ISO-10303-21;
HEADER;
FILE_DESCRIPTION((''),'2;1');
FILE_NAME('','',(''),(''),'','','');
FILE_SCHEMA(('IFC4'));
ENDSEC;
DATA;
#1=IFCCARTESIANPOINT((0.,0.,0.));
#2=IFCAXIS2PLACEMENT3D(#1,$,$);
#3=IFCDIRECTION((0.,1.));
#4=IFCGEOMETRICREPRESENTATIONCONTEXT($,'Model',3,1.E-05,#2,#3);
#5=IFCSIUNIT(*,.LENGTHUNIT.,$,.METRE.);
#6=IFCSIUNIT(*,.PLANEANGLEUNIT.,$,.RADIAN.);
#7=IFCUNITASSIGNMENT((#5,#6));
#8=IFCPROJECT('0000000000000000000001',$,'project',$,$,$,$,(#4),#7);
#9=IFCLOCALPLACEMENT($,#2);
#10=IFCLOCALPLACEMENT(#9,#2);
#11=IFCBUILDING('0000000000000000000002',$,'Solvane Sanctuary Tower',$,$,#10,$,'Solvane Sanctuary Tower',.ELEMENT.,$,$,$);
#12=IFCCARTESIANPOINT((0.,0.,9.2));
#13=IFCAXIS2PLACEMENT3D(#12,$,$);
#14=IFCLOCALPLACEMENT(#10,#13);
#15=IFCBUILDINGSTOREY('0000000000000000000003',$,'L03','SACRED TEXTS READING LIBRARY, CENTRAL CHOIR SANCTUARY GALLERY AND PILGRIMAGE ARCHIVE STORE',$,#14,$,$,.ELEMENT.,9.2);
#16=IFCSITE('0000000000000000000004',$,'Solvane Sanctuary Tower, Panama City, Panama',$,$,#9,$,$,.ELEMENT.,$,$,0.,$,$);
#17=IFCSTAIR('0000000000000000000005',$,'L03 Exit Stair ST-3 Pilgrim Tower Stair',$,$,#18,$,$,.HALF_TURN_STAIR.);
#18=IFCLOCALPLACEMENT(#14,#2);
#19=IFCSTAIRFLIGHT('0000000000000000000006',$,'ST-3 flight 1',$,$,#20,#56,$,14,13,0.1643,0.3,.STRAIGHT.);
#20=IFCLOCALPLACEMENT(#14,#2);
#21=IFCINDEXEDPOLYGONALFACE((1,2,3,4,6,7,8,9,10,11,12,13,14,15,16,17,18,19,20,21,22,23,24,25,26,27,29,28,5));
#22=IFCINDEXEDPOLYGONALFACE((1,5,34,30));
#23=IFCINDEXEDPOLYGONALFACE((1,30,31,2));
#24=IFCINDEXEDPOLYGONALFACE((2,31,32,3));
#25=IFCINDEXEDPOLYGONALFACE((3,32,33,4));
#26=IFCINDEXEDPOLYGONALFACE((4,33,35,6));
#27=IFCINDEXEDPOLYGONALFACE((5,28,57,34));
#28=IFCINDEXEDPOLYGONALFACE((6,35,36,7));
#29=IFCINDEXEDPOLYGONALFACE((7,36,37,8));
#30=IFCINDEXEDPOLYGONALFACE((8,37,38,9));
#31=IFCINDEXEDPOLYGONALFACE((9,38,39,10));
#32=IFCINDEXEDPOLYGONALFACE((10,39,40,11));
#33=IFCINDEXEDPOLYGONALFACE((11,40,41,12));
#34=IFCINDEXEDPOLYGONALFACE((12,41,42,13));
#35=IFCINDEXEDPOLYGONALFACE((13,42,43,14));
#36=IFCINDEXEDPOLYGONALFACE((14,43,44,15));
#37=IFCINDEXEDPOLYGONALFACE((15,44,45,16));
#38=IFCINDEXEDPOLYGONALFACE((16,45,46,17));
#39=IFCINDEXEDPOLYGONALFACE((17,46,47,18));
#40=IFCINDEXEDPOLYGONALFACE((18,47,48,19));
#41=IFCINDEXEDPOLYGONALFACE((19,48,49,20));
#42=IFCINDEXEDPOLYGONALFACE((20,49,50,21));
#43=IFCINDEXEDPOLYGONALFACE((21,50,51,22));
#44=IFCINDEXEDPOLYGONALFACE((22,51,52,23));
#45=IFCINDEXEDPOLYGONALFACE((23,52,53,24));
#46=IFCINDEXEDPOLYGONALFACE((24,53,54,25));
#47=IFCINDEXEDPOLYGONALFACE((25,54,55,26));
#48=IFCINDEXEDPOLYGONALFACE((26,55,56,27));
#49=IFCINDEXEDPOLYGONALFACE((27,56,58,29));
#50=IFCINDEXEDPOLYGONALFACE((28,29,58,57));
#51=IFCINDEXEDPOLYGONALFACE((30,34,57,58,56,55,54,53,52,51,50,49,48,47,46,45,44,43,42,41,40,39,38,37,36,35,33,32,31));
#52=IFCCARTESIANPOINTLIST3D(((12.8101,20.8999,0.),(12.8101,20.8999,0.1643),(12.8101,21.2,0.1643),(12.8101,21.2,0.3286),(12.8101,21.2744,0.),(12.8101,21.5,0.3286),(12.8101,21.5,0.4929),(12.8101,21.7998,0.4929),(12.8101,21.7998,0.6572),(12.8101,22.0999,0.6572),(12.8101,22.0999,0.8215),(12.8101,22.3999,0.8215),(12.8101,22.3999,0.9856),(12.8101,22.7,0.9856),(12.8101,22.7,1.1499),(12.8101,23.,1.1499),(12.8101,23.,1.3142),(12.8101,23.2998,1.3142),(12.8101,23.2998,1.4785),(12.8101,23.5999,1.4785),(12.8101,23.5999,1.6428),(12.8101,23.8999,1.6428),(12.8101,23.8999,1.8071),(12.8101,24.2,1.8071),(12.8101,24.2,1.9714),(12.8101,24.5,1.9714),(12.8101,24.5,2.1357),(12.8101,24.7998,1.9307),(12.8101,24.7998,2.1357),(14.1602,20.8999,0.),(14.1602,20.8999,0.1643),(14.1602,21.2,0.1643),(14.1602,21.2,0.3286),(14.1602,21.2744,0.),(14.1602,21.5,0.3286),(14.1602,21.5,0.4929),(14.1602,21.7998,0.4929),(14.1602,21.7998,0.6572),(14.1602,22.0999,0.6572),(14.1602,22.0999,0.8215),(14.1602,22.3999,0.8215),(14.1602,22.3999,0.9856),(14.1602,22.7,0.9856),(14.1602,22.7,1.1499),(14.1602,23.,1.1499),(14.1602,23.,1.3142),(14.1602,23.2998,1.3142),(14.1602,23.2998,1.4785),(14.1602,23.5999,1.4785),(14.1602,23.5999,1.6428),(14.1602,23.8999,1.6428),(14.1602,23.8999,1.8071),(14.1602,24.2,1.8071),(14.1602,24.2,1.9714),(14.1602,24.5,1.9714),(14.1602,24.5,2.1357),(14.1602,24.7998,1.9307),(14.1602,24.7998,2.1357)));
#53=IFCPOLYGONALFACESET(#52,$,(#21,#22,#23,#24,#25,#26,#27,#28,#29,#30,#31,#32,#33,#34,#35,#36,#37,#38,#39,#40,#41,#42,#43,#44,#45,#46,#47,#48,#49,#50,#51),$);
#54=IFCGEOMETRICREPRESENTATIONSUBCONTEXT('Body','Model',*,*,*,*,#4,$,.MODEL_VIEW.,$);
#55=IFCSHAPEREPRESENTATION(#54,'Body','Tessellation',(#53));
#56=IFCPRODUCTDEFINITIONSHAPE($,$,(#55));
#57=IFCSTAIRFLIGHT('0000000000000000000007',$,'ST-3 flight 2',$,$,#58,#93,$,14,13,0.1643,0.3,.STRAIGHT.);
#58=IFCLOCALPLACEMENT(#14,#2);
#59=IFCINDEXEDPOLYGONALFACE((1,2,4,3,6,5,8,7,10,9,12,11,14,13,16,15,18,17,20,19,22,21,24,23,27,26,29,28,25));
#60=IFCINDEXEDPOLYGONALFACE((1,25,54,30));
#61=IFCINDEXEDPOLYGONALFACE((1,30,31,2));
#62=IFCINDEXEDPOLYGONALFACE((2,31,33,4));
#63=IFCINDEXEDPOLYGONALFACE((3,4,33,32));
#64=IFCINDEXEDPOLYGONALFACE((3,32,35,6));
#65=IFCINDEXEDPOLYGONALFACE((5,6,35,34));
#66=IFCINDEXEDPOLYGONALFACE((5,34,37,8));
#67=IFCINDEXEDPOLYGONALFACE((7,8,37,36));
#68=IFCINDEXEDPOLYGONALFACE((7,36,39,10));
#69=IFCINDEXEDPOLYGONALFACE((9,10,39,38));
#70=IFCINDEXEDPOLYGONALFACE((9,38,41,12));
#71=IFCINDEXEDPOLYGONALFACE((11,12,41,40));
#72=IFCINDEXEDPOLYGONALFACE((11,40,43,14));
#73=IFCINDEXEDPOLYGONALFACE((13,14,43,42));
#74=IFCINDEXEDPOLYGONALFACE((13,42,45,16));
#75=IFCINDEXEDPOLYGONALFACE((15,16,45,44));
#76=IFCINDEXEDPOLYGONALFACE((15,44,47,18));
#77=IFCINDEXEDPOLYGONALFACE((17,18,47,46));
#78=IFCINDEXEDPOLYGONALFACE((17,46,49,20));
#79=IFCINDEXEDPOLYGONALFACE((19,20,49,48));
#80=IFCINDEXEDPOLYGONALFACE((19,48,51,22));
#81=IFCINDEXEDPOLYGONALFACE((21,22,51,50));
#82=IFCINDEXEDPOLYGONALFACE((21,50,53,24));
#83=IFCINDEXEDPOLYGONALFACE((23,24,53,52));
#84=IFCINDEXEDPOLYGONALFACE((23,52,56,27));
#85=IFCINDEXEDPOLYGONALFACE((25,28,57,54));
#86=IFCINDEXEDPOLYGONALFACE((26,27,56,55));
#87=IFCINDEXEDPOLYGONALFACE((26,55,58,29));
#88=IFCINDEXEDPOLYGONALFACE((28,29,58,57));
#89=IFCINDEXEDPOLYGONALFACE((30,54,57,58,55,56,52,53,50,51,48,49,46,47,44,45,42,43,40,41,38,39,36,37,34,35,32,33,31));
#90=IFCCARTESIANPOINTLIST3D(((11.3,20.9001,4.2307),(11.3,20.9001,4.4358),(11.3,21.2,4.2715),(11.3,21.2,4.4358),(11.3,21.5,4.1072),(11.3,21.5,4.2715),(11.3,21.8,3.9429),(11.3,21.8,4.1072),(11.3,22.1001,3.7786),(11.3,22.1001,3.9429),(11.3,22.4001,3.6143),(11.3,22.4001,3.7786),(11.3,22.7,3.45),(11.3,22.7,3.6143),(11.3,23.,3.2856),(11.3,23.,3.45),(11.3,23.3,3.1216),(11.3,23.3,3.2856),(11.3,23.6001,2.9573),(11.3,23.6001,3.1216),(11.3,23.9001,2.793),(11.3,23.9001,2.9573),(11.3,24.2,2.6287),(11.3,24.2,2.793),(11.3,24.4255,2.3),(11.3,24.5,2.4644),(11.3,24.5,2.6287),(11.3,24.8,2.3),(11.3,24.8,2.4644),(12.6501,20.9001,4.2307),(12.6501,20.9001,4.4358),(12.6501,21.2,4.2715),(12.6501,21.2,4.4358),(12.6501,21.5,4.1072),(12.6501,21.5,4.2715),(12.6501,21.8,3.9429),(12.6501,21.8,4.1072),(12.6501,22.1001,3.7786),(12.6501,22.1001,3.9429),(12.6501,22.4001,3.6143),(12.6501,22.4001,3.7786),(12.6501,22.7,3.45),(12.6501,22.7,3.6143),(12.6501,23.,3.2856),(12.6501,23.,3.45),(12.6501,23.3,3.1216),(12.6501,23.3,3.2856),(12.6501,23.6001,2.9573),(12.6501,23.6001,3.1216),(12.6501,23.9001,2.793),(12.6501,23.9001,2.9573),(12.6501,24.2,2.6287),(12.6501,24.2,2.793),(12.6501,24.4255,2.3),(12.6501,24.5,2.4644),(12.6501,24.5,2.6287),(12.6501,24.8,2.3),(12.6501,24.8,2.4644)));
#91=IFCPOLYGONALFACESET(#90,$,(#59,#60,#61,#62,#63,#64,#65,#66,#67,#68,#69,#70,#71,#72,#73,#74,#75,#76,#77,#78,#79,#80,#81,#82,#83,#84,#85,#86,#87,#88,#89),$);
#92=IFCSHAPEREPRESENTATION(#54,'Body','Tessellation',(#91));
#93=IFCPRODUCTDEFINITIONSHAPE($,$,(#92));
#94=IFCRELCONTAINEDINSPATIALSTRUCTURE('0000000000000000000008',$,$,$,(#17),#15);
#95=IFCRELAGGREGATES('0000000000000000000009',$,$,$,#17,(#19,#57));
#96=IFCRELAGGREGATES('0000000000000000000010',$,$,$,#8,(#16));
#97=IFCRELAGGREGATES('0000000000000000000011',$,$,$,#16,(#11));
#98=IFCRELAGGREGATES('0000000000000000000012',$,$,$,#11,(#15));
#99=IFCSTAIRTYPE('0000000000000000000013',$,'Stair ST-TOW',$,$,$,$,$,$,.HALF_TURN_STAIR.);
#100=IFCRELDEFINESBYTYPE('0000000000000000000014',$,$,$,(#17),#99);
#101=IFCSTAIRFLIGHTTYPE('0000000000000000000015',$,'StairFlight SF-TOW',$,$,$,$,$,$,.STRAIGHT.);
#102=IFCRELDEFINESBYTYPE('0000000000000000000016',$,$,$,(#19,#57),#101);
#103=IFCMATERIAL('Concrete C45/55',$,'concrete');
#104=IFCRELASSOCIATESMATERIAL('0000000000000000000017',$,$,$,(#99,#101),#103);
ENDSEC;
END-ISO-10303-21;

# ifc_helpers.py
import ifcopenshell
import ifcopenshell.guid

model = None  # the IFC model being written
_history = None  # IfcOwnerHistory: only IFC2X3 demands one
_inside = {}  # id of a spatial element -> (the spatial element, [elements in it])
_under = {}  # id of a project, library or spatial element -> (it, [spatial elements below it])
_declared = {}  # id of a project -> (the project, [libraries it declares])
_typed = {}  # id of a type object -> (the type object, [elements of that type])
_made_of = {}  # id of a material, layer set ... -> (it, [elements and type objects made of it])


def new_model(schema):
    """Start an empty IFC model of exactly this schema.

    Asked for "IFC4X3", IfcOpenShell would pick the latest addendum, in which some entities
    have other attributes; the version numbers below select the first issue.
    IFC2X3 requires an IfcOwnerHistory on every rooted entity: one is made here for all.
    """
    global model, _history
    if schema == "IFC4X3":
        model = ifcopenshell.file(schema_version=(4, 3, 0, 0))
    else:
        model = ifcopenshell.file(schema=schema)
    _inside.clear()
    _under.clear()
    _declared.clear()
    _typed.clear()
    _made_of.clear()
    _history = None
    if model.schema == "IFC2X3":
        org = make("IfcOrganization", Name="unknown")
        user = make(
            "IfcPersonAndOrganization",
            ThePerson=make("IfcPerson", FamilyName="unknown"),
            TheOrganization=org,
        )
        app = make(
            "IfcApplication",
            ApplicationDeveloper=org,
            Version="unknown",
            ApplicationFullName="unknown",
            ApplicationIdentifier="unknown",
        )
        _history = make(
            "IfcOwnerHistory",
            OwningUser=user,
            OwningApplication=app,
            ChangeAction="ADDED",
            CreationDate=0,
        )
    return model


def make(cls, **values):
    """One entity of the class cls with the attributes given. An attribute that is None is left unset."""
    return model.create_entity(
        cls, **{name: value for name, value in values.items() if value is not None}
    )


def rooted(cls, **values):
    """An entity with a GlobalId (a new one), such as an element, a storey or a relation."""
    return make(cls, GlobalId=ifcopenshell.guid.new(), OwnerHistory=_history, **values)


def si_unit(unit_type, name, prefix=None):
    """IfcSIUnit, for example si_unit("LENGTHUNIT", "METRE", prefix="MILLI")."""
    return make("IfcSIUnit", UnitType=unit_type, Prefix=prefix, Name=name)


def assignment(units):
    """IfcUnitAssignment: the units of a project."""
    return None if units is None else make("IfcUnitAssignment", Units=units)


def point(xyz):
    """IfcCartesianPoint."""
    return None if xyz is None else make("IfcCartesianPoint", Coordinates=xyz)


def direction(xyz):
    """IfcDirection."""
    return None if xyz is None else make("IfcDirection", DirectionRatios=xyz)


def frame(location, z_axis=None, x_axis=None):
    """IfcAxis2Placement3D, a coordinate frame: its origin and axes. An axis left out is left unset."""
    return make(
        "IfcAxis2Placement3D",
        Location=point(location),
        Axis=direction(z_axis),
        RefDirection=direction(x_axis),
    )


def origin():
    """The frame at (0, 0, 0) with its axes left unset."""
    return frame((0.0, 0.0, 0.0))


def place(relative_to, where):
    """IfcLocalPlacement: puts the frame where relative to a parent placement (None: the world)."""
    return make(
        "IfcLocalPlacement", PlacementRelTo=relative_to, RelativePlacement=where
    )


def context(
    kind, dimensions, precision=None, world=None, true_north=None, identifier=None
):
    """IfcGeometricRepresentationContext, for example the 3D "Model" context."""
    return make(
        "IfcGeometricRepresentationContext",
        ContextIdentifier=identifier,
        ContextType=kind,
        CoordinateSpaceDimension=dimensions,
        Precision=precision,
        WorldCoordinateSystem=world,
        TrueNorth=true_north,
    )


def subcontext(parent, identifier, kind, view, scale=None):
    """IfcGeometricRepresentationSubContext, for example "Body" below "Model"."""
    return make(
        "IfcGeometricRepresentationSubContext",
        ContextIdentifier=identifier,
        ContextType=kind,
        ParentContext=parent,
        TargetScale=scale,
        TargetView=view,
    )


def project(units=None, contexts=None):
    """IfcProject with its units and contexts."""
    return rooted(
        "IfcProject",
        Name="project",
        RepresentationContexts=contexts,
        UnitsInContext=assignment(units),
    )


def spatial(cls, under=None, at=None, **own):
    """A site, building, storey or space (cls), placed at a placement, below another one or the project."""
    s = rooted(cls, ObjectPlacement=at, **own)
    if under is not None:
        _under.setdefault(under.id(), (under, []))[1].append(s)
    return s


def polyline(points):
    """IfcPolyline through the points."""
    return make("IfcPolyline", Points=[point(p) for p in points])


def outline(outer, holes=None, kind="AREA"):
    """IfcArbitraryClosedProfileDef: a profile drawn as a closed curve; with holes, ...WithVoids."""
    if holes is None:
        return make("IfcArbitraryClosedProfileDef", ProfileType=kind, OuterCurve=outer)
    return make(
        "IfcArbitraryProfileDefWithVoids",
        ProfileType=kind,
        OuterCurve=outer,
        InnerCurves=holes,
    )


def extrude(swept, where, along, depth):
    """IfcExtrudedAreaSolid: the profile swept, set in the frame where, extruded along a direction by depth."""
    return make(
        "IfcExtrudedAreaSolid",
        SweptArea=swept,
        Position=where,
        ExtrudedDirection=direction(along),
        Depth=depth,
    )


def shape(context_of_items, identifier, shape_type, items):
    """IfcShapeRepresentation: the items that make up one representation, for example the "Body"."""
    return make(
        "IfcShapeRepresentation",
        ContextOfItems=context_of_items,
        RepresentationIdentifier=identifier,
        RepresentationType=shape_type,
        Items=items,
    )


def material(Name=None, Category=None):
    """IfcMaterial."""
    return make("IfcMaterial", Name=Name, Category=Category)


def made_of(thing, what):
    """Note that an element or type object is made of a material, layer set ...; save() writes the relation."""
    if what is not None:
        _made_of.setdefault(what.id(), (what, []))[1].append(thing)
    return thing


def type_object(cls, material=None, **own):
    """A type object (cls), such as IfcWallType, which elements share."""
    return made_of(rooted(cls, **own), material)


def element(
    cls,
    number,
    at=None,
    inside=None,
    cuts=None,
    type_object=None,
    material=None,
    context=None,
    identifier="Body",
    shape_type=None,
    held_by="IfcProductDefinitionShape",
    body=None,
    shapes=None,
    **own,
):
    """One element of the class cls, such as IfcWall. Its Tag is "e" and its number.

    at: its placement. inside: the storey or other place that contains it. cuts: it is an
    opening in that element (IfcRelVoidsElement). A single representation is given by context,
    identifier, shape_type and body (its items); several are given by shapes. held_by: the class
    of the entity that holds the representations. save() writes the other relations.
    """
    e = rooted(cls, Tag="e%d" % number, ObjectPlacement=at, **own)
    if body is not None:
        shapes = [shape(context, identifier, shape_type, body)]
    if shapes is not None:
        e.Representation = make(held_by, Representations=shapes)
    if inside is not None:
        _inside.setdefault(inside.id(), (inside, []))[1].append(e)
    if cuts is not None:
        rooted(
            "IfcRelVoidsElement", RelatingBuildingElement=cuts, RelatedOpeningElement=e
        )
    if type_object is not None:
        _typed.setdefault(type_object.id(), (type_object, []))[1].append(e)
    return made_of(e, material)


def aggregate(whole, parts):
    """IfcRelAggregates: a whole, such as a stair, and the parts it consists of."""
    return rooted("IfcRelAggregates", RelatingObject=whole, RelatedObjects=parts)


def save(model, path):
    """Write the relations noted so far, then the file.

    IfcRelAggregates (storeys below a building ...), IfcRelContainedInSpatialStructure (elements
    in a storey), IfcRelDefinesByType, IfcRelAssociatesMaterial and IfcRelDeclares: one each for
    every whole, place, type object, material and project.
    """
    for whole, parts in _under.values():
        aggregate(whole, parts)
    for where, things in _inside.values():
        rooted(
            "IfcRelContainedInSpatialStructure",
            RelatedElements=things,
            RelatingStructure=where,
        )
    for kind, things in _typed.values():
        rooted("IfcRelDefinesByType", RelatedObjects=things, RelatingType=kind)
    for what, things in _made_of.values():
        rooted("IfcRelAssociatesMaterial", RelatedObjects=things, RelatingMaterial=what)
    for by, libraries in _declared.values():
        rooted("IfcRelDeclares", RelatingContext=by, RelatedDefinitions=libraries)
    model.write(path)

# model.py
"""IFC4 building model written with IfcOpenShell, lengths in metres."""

from ifc_helpers import new_model, si_unit, direction, frame, origin, place, context, subcontext, project, spatial, polyline, outline, extrude, material, type_object, element, aggregate, save


model = new_model("IFC4")

# Units and contexts
model_context = context("Model", 3, precision=1e-05, world=origin(), true_north=direction((0.0, 1.0)))
body_context = subcontext(model_context, "Body", "Model", "MODEL_VIEW")
ifc_project = project(units=[si_unit("LENGTHUNIT", "METRE"), si_unit("PLANEANGLEUNIT", "RADIAN")], contexts=[model_context])

# Site, building, storey
site_placement = place(None, origin())
site = spatial("IfcSite", under=ifc_project, at=site_placement, Name="Solvane Sanctuary Tower, Panama City, Panama", CompositionType="ELEMENT", RefElevation=0.0)
building_placement = place(site_placement, origin())
building = spatial("IfcBuilding", under=site, at=building_placement, Name="Solvane Sanctuary Tower", LongName="Solvane Sanctuary Tower", CompositionType="ELEMENT")
storey_placement = place(building_placement, frame((0.0, 0.0, 9.2)))
storey = spatial("IfcBuildingStorey", under=building, at=storey_placement, Name="L03", Description="SACRED TEXTS READING LIBRARY, CENTRAL CHOIR SANCTUARY GALLERY AND PILGRIMAGE ARCHIVE STORE", CompositionType="ELEMENT", Elevation=9.2)

# Stair, stair flights
ifc_material_1 = material(Name="Concrete C45/55", Category="concrete")
stair_type = type_object("IfcStairType", Name="Stair ST-TOW", PredefinedType="HALF_TURN_STAIR", material=ifc_material_1)
stair_flight_type = type_object("IfcStairFlightType", Name="StairFlight SF-TOW", PredefinedType="STRAIGHT", material=ifc_material_1)
stair_1_placement = place(storey_placement, origin())
stair_1 = element("IfcStair", 1, at=stair_1_placement, inside=storey, type_object=stair_type, Name="L03 Exit Stair ST-3 Pilgrim Tower Stair", PredefinedType="HALF_TURN_STAIR")
stair_flight_1_placement = place(storey_placement, frame((13.4851, 20.8999, 0.0), z_axis=(0.0, 0.0, 1.0), x_axis=(0.0, 1.0, 0.0)))
stair_flight_1 = element("IfcStairFlight", 2, at=stair_flight_1_placement, type_object=stair_flight_type, Name="ST-3 flight 1", NumberOfRisers=14, NumberOfTreads=13, PredefinedType="STRAIGHT", RiserHeight=0.1643, TreadLength=0.3, context=body_context, shape_type="SweptSolid", body=[
    extrude(outline(polyline([(0.0, 0.0), (0.0, 0.1643), (0.3, 0.1643), (0.3, 0.3286), (0.6001, 0.3286), (0.6001, 0.4929), (0.8999, 0.4929), (0.8999, 0.6572), (1.2, 0.6572), (1.2, 0.8215), (1.5, 0.8215), (1.5, 0.9856), (1.8, 0.9856), (1.8, 1.1499), (2.1001, 1.1499), (2.1001, 1.3142), (2.3999, 1.3142), (2.3999, 1.4785), (2.7, 1.4785), (2.7, 1.6428), (3.0, 1.6428), (3.0, 1.8071), (3.3, 1.8071), (3.3, 1.9714), (3.6001, 1.9714), (3.6001, 2.1357), (3.8999, 2.1357), (3.8999, 2.3), (3.8999, 1.9307), (0.3745, 0.0), (0.0, 0.0)])), frame((0.0, 0.675, 0.0), z_axis=(0.0, -1.0, 0.0), x_axis=(1.0, 0.0, 0.0)), (0.0, 0.0, 1.0), 1.3501),
])
stair_flight_2_placement = place(storey_placement, frame((11.9751, 24.8, 2.3), z_axis=(0.0, 0.0, 1.0), x_axis=(0.0, -1.0, 0.0)))
stair_flight_2 = element("IfcStairFlight", 3, at=stair_flight_2_placement, type_object=stair_flight_type, Name="ST-3 flight 2", NumberOfRisers=14, NumberOfTreads=13, PredefinedType="STRAIGHT", RiserHeight=0.1643, TreadLength=0.3, context=body_context, shape_type="SweptSolid", body=[
    extrude(outline(polyline([(0.0, 0.0), (0.0, 0.1643), (0.3, 0.1643), (0.3, 0.3286), (0.6001, 0.3286), (0.6001, 0.4929), (0.8999, 0.4929), (0.8999, 0.6572), (1.2, 0.6572), (1.2, 0.8215), (1.5, 0.8215), (1.5, 0.9856), (1.8, 0.9856), (1.8, 1.1499), (2.1001, 1.1499), (2.1001, 1.3142), (2.3999, 1.3142), (2.3999, 1.4785), (2.7, 1.4785), (2.7, 1.6428), (3.0, 1.6428), (3.0, 1.8071), (3.3, 1.8071), (3.3, 1.9714), (3.6001, 1.9714), (3.6001, 2.1357), (3.8999, 2.1357), (3.8999, 2.3), (3.8999, 1.9307), (0.3745, 0.0), (0.0, 0.0)])), frame((0.0, 0.675, 0.0), z_axis=(0.0, -1.0, 0.0), x_axis=(1.0, 0.0, 0.0)), (0.0, 0.0, 1.0), 1.3501),
])
aggregate(stair_1, [stair_flight_1, stair_flight_2])

save(model, "model.ifc")
